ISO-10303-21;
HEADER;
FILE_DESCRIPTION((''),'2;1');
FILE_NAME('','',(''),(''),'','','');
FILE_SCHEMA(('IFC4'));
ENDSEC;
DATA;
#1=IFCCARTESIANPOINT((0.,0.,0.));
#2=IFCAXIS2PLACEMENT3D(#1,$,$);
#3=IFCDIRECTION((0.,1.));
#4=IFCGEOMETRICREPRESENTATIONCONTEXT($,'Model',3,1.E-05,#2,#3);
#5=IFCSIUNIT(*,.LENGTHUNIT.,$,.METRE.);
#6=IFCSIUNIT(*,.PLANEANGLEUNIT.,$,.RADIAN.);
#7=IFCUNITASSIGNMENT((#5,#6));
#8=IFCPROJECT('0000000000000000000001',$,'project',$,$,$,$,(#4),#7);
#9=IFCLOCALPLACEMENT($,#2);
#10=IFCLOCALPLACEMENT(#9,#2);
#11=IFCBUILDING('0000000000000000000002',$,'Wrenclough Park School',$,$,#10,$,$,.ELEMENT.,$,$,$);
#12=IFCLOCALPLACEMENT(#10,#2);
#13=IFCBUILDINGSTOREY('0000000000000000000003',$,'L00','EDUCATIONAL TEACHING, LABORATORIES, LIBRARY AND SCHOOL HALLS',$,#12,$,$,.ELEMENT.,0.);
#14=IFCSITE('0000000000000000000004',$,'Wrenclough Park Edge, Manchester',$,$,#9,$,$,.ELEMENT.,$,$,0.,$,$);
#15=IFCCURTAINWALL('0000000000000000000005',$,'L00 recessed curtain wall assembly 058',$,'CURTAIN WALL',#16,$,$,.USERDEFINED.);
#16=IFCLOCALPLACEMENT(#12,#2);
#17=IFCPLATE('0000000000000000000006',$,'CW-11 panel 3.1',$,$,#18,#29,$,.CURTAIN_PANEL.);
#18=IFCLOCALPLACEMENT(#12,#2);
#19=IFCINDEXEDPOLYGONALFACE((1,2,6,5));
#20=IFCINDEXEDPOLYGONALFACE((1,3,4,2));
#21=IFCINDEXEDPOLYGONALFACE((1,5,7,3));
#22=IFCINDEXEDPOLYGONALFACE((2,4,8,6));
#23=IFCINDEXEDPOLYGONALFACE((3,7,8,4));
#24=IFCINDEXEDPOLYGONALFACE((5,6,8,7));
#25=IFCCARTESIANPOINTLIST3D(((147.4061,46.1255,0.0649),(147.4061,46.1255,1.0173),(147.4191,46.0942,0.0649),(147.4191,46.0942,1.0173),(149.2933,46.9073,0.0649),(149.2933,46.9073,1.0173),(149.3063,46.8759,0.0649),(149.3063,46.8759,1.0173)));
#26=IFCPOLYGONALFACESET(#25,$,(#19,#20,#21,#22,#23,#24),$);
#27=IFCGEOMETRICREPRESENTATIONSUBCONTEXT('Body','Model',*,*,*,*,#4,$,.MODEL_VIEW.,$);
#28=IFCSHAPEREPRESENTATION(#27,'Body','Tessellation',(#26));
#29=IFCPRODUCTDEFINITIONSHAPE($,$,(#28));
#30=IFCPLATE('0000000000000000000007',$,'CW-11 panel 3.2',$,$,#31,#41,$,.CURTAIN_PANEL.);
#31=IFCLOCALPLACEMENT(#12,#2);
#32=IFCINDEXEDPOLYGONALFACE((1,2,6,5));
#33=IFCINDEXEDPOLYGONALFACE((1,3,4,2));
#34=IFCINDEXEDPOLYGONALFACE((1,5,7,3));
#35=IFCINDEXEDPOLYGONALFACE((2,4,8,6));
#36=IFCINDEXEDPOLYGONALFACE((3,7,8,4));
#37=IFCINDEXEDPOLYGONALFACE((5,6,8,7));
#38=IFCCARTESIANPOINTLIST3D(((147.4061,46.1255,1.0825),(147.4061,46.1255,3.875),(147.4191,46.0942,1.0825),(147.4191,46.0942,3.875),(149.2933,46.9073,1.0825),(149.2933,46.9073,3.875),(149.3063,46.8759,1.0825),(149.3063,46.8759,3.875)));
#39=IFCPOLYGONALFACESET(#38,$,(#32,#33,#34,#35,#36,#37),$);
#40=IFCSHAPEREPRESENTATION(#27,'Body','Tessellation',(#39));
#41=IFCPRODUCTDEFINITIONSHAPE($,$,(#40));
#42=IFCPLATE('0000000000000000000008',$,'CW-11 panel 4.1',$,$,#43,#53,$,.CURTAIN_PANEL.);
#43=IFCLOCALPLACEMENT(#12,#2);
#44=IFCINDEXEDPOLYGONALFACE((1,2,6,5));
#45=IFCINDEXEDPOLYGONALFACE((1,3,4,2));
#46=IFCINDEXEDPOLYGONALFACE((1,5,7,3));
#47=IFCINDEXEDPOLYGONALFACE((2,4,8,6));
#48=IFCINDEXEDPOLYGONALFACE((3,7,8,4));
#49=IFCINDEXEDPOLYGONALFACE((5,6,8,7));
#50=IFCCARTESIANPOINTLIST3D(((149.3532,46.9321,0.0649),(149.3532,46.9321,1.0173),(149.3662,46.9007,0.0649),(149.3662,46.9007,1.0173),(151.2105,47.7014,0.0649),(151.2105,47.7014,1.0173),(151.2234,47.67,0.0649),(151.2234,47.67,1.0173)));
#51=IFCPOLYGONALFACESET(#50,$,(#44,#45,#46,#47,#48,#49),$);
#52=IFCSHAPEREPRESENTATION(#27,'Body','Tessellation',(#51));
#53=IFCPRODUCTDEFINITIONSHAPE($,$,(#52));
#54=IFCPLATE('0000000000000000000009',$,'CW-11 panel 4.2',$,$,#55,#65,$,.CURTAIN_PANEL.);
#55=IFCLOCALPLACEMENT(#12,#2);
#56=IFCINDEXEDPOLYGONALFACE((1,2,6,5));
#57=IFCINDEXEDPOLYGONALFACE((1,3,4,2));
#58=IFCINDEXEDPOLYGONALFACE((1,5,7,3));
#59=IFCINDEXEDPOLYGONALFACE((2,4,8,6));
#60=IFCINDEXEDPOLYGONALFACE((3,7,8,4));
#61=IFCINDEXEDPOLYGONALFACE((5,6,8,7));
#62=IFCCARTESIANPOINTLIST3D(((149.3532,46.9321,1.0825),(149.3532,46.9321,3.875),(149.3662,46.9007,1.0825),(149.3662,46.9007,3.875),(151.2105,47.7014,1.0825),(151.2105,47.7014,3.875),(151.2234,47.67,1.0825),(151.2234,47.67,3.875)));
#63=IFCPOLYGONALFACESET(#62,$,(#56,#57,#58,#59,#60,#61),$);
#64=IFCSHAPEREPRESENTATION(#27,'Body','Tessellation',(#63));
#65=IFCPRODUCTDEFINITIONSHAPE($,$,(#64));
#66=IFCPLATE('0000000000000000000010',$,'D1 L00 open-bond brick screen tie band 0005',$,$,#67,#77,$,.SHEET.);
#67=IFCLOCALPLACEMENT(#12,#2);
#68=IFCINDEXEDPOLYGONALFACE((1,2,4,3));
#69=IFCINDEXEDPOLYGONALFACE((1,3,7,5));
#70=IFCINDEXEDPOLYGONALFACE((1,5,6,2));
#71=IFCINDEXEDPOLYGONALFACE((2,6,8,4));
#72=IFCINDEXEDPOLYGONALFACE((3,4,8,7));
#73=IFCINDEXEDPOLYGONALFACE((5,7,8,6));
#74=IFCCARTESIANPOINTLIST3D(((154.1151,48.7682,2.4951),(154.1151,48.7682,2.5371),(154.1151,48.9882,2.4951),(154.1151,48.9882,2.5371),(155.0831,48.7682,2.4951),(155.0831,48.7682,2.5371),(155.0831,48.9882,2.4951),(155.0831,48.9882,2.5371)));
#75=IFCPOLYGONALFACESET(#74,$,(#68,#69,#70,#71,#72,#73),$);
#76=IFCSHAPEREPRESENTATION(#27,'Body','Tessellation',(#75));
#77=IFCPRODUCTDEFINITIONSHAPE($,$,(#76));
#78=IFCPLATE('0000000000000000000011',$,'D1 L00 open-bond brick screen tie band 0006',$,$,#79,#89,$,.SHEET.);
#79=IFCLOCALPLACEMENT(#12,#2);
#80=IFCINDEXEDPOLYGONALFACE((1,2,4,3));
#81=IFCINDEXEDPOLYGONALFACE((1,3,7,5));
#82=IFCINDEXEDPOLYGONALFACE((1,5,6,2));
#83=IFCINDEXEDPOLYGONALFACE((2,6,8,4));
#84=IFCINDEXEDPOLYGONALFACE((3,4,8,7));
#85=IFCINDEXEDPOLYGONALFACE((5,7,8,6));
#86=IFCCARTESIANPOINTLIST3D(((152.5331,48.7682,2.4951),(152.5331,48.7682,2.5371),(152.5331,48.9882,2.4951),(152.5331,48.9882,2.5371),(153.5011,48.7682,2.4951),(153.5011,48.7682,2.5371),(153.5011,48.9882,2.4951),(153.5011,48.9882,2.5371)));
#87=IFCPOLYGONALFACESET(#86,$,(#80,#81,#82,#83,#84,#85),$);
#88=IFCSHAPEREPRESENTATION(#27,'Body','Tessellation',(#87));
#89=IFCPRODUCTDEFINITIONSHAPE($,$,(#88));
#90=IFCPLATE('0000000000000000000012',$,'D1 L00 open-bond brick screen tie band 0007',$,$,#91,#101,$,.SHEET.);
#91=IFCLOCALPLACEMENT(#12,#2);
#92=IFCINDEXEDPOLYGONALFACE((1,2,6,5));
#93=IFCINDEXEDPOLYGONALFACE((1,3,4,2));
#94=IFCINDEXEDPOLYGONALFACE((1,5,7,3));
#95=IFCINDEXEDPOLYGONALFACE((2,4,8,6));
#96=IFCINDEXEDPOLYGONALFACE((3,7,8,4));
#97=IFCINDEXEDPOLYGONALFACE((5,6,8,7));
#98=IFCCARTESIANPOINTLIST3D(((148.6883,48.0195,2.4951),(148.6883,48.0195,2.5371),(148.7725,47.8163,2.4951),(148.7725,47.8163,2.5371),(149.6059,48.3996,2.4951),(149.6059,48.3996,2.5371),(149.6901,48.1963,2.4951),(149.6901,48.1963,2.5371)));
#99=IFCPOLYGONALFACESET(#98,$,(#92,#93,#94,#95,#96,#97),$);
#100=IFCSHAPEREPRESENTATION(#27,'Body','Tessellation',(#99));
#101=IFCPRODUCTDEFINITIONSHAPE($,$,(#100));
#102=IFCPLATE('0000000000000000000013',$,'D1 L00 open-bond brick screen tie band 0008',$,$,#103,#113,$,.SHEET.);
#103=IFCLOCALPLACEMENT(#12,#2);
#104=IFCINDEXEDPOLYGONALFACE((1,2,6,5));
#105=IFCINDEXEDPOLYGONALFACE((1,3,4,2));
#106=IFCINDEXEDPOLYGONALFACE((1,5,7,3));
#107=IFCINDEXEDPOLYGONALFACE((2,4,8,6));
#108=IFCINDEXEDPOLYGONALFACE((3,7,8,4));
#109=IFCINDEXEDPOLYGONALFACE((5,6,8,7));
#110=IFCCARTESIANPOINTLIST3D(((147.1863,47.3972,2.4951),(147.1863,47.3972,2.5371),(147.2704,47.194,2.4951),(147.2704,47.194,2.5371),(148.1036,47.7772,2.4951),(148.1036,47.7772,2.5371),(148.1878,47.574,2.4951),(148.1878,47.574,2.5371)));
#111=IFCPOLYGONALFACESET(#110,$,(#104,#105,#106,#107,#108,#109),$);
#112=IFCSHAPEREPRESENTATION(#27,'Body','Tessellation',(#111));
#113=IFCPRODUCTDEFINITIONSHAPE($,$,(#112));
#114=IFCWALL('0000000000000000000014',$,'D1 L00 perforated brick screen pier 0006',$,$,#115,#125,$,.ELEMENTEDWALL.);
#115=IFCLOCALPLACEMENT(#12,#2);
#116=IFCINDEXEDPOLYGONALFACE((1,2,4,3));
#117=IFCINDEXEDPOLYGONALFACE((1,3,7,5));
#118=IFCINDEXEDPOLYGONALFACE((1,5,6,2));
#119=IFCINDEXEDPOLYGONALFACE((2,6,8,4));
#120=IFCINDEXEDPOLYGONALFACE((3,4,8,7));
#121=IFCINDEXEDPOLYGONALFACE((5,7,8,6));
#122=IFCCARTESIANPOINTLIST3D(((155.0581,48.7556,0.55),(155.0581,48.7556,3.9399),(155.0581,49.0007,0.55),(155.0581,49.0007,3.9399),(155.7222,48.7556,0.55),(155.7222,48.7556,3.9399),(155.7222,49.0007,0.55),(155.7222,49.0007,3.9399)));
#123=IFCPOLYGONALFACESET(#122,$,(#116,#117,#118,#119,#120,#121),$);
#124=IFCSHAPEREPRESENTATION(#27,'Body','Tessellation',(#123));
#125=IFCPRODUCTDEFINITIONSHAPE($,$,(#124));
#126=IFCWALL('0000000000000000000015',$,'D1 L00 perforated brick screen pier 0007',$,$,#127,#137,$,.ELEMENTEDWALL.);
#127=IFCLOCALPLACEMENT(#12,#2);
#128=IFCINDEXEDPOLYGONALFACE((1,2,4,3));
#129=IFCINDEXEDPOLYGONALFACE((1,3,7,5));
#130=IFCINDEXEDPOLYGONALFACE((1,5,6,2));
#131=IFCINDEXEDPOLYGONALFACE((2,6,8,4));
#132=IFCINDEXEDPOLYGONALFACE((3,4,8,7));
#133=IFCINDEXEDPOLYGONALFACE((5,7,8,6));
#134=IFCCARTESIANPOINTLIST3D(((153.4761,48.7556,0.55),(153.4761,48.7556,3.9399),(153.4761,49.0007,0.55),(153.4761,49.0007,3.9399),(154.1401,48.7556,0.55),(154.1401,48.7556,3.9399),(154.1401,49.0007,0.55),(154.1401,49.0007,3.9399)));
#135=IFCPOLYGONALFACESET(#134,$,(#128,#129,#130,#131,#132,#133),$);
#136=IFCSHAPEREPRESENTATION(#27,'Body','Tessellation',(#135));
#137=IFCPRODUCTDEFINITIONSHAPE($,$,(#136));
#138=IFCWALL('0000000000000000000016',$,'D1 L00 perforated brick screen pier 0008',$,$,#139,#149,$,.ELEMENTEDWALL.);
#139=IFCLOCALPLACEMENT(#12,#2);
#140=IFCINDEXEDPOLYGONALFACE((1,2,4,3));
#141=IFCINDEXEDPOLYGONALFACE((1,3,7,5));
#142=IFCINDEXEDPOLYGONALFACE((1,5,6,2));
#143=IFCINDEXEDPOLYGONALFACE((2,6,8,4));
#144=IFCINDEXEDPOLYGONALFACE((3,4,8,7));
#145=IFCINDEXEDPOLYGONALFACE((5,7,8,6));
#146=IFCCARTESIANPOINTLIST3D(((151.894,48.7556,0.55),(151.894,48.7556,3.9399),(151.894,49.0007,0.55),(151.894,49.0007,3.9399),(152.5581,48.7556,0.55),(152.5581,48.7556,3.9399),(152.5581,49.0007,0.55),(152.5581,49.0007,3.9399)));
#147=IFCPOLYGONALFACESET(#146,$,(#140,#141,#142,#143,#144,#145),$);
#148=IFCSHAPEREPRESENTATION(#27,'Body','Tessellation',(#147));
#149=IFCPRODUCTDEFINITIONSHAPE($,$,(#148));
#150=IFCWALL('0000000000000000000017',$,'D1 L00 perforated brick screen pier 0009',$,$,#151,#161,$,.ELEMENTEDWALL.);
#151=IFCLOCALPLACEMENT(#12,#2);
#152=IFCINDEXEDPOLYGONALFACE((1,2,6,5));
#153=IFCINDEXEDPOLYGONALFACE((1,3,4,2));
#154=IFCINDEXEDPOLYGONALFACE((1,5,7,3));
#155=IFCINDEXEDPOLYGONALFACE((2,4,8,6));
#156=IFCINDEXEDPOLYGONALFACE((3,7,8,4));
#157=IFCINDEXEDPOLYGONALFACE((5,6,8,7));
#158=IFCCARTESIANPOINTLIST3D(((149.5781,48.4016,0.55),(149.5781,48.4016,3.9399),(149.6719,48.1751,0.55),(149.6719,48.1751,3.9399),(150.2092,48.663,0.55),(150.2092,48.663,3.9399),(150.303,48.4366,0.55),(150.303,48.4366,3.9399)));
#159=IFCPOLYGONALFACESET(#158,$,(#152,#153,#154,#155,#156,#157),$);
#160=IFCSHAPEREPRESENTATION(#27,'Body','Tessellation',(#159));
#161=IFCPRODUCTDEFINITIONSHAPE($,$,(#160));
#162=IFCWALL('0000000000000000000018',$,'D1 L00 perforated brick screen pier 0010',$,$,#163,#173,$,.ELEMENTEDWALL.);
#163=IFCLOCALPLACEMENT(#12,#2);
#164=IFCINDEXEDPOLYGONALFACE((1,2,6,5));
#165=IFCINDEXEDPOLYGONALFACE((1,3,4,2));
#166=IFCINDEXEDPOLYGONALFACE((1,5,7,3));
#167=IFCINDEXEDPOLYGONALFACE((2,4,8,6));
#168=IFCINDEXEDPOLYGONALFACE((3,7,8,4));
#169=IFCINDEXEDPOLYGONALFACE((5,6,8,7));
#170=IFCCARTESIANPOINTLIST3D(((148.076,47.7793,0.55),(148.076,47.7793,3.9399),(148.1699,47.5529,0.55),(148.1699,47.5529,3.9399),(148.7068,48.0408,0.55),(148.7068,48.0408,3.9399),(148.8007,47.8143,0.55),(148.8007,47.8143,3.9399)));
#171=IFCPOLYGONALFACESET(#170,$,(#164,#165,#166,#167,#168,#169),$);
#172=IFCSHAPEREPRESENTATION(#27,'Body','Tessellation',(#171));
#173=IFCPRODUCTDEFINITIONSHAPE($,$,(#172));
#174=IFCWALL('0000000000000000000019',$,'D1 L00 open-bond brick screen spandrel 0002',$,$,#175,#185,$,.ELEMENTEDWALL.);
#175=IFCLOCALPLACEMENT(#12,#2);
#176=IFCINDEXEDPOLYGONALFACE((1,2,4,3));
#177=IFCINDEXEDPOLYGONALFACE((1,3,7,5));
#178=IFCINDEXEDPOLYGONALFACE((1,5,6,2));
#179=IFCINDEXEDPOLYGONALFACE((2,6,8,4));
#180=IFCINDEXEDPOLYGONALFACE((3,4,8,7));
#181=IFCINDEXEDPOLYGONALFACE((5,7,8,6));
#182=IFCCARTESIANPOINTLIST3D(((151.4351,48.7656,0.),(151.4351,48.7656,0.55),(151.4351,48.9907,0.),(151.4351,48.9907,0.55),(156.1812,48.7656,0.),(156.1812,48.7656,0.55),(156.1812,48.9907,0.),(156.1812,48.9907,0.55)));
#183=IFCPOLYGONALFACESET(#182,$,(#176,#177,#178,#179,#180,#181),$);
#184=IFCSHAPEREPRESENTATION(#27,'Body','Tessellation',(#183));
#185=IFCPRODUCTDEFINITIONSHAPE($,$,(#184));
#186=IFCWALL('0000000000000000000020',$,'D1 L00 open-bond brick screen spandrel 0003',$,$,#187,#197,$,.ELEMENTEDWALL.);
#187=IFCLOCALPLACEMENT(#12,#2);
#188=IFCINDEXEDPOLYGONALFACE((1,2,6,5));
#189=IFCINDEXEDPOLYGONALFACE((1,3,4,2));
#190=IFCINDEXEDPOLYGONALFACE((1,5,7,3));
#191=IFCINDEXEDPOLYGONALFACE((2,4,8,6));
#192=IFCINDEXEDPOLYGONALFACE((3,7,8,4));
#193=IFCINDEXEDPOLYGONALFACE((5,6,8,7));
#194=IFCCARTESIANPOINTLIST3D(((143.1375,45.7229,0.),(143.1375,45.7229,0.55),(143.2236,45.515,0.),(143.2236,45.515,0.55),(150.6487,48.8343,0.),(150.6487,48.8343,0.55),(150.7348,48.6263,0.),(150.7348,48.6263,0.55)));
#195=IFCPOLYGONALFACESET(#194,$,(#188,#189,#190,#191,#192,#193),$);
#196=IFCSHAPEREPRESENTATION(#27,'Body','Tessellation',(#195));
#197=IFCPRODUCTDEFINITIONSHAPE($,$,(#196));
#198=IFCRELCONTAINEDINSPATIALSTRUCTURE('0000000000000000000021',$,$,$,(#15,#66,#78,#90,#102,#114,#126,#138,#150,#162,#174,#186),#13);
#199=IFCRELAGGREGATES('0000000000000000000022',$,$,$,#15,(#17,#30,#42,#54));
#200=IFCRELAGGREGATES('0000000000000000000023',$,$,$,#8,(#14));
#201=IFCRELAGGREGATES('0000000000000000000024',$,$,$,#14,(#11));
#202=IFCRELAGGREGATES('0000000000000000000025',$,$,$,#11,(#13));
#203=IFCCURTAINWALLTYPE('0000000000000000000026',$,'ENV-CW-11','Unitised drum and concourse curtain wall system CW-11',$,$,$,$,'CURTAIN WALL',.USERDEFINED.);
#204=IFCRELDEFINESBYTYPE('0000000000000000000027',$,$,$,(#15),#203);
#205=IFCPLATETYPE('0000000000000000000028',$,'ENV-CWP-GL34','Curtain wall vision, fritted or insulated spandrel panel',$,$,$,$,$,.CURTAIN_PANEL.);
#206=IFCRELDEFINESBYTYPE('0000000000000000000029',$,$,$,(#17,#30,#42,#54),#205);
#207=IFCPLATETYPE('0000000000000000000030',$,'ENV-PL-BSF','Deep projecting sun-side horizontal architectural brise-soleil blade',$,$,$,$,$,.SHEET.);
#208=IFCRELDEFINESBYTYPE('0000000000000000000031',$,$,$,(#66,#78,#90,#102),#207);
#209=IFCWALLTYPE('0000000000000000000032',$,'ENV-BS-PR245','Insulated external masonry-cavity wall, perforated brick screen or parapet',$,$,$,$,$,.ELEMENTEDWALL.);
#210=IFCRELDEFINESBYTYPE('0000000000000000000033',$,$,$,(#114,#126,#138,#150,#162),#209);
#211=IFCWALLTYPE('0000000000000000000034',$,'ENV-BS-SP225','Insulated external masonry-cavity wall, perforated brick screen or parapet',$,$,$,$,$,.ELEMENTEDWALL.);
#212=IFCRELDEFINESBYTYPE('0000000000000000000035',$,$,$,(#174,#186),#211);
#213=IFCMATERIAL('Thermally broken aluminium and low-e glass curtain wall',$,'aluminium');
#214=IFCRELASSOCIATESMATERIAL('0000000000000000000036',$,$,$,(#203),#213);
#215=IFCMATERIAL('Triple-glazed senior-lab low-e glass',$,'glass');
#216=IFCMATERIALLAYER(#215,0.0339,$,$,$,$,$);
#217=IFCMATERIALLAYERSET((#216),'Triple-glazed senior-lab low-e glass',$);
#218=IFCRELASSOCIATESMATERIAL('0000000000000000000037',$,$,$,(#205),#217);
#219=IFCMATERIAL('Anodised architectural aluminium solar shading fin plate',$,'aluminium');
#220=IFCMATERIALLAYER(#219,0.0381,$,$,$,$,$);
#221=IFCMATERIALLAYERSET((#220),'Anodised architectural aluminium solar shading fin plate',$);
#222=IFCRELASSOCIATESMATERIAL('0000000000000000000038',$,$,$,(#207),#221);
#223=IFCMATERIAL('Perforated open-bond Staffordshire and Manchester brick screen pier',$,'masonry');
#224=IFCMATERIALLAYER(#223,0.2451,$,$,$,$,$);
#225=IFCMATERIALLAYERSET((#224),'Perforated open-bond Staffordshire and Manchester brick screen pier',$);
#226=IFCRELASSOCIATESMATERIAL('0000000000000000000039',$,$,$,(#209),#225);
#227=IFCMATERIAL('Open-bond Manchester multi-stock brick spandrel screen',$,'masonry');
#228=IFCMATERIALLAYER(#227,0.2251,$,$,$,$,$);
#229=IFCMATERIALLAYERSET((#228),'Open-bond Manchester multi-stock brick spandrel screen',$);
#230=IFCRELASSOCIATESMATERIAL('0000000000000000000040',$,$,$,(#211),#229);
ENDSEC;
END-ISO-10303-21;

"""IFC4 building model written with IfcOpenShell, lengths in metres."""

from ifc_helpers import new_model, si_unit, direction, frame, frame_2d, origin, origin_2d, place, context, subcontext, project, spatial, rectangle, extrude, material, layer, layer_set, type_object, element, aggregate, save


model = new_model("IFC4")

# Units and contexts
model_context = context("Model", 3, precision=1e-05, world=origin(), true_north=direction((0.0, 1.0)))
body_context = subcontext(model_context, "Body", "Model", "MODEL_VIEW")
ifc_project = project(units=[si_unit("LENGTHUNIT", "METRE"), si_unit("PLANEANGLEUNIT", "RADIAN")], contexts=[model_context])

# Site, building, storey
site_placement = place(None, origin())
site = spatial("IfcSite", under=ifc_project, at=site_placement, Name="Wrenclough Park Edge, Manchester", CompositionType="ELEMENT", RefElevation=0.0)
building_placement = place(site_placement, origin())
building = spatial("IfcBuilding", under=site, at=building_placement, Name="Wrenclough Park School", CompositionType="ELEMENT")
storey_placement = place(building_placement, origin())
storey = spatial("IfcBuildingStorey", under=building, at=storey_placement, Name="L00", Description="EDUCATIONAL TEACHING, LABORATORIES, LIBRARY AND SCHOOL HALLS", CompositionType="ELEMENT", Elevation=0.0)

# Curtain wall
ifc_material_1 = material(Name="Thermally broken aluminium and low-e glass curtain wall", Category="aluminium")
curtain_wall_type = type_object("IfcCurtainWallType", Name="ENV-CW-11", Description="Unitised drum and concourse curtain wall system CW-11", ElementType="CURTAIN WALL", PredefinedType="USERDEFINED", material=ifc_material_1)
curtain_wall_placement = place(storey_placement, origin())
curtain_wall = element("IfcCurtainWall", 1, at=curtain_wall_placement, inside=storey, type_object=curtain_wall_type, Name="L00 recessed curtain wall assembly 058", ObjectType="CURTAIN WALL", PredefinedType="USERDEFINED")

# Plates
ifc_material_2 = material(Name="Triple-glazed senior-lab low-e glass", Category="glass")
ifc_layer_1 = layer(ifc_material_2, 0.0339)
ifc_layer_set_1 = layer_set([ifc_layer_1], Name="Triple-glazed senior-lab low-e glass")
plate_type_1 = type_object("IfcPlateType", Name="ENV-CWP-GL34", Description="Curtain wall vision, fritted or insulated spandrel panel", PredefinedType="CURTAIN_PANEL", material=ifc_layer_set_1)
plate_1_placement = place(storey_placement, frame((148.3562, 46.5007, 0.0649), z_axis=(0.0, 0.0, 1.0), x_axis=(0.923878, 0.382687, 0.0)))
plate_1 = element("IfcPlate", 2, at=plate_1_placement, type_object=plate_type_1, Name="CW-11 panel 3.1", PredefinedType="CURTAIN_PANEL", context=body_context, shape_type="SweptSolid", body=[
    extrude(rectangle(XDim=2.0427, YDim=0.0339, at=origin_2d()), origin(), (0.0, 0.0, 1.0), 0.9524),
])
plate_2_placement = place(storey_placement, frame((148.3562, 46.5007, 1.0825), z_axis=(0.0, 0.0, 1.0), x_axis=(0.923878, 0.382687, 0.0)))
plate_2 = element("IfcPlate", 3, at=plate_2_placement, type_object=plate_type_1, Name="CW-11 panel 3.2", PredefinedType="CURTAIN_PANEL", context=body_context, shape_type="SweptSolid", body=[
    extrude(rectangle(XDim=2.0427, YDim=0.0339, at=origin_2d()), origin(), (0.0, 0.0, 1.0), 2.7925),
])
plate_3_placement = place(storey_placement, frame((150.2883, 47.301, 0.0649), z_axis=(0.0, 0.0, 1.0), x_axis=(0.923878, 0.382687, 0.0)))
plate_3 = element("IfcPlate", 4, at=plate_3_placement, type_object=plate_type_1, Name="CW-11 panel 4.1", PredefinedType="CURTAIN_PANEL", context=body_context, shape_type="SweptSolid", body=[
    extrude(rectangle(XDim=2.0103, YDim=0.0339, at=origin_2d()), origin(), (0.0, 0.0, 1.0), 0.9524),
])
plate_4_placement = place(storey_placement, frame((150.2883, 47.301, 1.0825), z_axis=(0.0, 0.0, 1.0), x_axis=(0.923878, 0.382687, 0.0)))
plate_4 = element("IfcPlate", 5, at=plate_4_placement, type_object=plate_type_1, Name="CW-11 panel 4.2", PredefinedType="CURTAIN_PANEL", context=body_context, shape_type="SweptSolid", body=[
    extrude(rectangle(XDim=2.0103, YDim=0.0339, at=origin_2d()), origin(), (0.0, 0.0, 1.0), 2.7925),
])
aggregate(curtain_wall, [plate_1, plate_2, plate_3, plate_4])

# Plates
ifc_material_3 = material(Name="Anodised architectural aluminium solar shading fin plate", Category="aluminium")
ifc_layer_2 = layer(ifc_material_3, 0.0381)
ifc_layer_set_2 = layer_set([ifc_layer_2], Name="Anodised architectural aluminium solar shading fin plate")
plate_type_2 = type_object("IfcPlateType", Name="ENV-PL-BSF", Description="Deep projecting sun-side horizontal architectural brise-soleil blade", PredefinedType="SHEET", material=ifc_layer_set_2)
for number, where, z_axis, x_axis, name in (
    (6, (154.5991, 48.8782, 2.4951), (0.0, 0.0, 1.0), (-1.0, 0.0, 0.0), "D1 L00 open-bond brick screen tie band 0005"),
    (7, (153.0171, 48.8782, 2.4951), (0.0, 0.0, 1.0), (-1.0, 0.0, 0.0), "D1 L00 open-bond brick screen tie band 0006"),
):
    element("IfcPlate", number, at=place(storey_placement, frame(where, z_axis=z_axis, x_axis=x_axis)), inside=storey, type_object=plate_type_2, Name=name, PredefinedType="SHEET", context=body_context, shape_type="SweptSolid", body=[
        extrude(rectangle(XDim=0.968, YDim=0.22, at=origin_2d()), origin(), (0.0, 0.0, 1.0), 0.042),
    ])
plate_5_placement = place(storey_placement, frame((149.1892, 48.1079, 2.4951), z_axis=(0.0, 0.0, 1.0), x_axis=(-0.923877, -0.38269, 0.0)))
element("IfcPlate", 8, at=plate_5_placement, inside=storey, type_object=plate_type_2, Name="D1 L00 open-bond brick screen tie band 0007", PredefinedType="SHEET", context=body_context, shape_type="SweptSolid", body=[
    extrude(rectangle(XDim=0.9932, YDim=0.22, at=origin_2d()), origin(), (0.0, 0.0, 1.0), 0.042),
])
plate_6_placement = place(storey_placement, frame((147.687, 47.4856, 2.4951), z_axis=(0.0, 0.0, 1.0), x_axis=(-0.923877, -0.38269, 0.0)))
element("IfcPlate", 9, at=plate_6_placement, inside=storey, type_object=plate_type_2, Name="D1 L00 open-bond brick screen tie band 0008", PredefinedType="SHEET", context=body_context, shape_type="SweptSolid", body=[
    extrude(rectangle(XDim=0.9929, YDim=0.22, at=origin_2d()), origin(), (0.0, 0.0, 1.0), 0.042),
])

# Walls
ifc_material_4 = material(Name="Perforated open-bond Staffordshire and Manchester brick screen pier", Category="masonry")
ifc_layer_3 = layer(ifc_material_4, 0.2451)
ifc_layer_set_3 = layer_set([ifc_layer_3], Name="Perforated open-bond Staffordshire and Manchester brick screen pier")
wall_type_1 = type_object("IfcWallType", Name="ENV-BS-PR245", Description="Insulated external masonry-cavity wall, perforated brick screen or parapet", PredefinedType="ELEMENTEDWALL", material=ifc_layer_set_3)
for number, where, z_axis, x_axis, name in (
    (10, (155.7222, 48.8782, 0.55), (0.0, 0.0, 1.0), (-1.0, 0.0, 0.0), "D1 L00 perforated brick screen pier 0006"),
    (11, (154.1401, 48.8782, 0.55), (0.0, 0.0, 1.0), (-1.0, 0.0, 0.0), "D1 L00 perforated brick screen pier 0007"),
    (12, (152.5581, 48.8782, 0.55), (0.0, 0.0, 1.0), (-1.0, 0.0, 0.0), "D1 L00 perforated brick screen pier 0008"),
):
    element("IfcWall", number, at=place(storey_placement, frame(where, z_axis=z_axis, x_axis=x_axis)), inside=storey, type_object=wall_type_1, Name=name, PredefinedType="ELEMENTEDWALL", context=body_context, shape_type="SweptSolid", body=[
        extrude(rectangle(XDim=0.6641, YDim=0.2451, at=frame_2d((0.332, 0.0))), origin(), (0.0, 0.0, 1.0), 3.3899),
    ])
wall_1_placement = place(storey_placement, frame((150.2561, 48.5498, 0.55), z_axis=(0.0, 0.0, 1.0), x_axis=(-0.923847, -0.382762, 0.0)))
element("IfcWall", 13, at=wall_1_placement, inside=storey, type_object=wall_type_1, Name="D1 L00 perforated brick screen pier 0009", PredefinedType="ELEMENTEDWALL", context=body_context, shape_type="SweptSolid", body=[
    extrude(rectangle(XDim=0.6831, YDim=0.2451, at=frame_2d((0.3416, 0.0))), origin(), (0.0, 0.0, 1.0), 3.3899),
])
wall_2_placement = place(storey_placement, frame((148.7537, 47.9275, 0.55), z_axis=(0.0, 0.0, 1.0), x_axis=(-0.923795, -0.382889, 0.0)))
element("IfcWall", 14, at=wall_2_placement, inside=storey, type_object=wall_type_1, Name="D1 L00 perforated brick screen pier 0010", PredefinedType="ELEMENTEDWALL", context=body_context, shape_type="SweptSolid", body=[
    extrude(rectangle(XDim=0.6829, YDim=0.2451, at=frame_2d((0.3413, 0.0))), origin(), (0.0, 0.0, 1.0), 3.3899),
])
ifc_material_5 = material(Name="Open-bond Manchester multi-stock brick spandrel screen", Category="masonry")
ifc_layer_4 = layer(ifc_material_5, 0.2251)
ifc_layer_set_4 = layer_set([ifc_layer_4], Name="Open-bond Manchester multi-stock brick spandrel screen")
wall_type_2 = type_object("IfcWallType", Name="ENV-BS-SP225", Description="Insulated external masonry-cavity wall, perforated brick screen or parapet", PredefinedType="ELEMENTEDWALL", material=ifc_layer_set_4)
wall_3_placement = place(storey_placement, frame((156.1812, 48.8782, 0.0), z_axis=(0.0, 0.0, 1.0), x_axis=(-1.0, 0.0, 0.0)))
element("IfcWall", 15, at=wall_3_placement, inside=storey, type_object=wall_type_2, Name="D1 L00 open-bond brick screen spandrel 0002", PredefinedType="ELEMENTEDWALL", context=body_context, shape_type="SweptSolid", body=[
    extrude(rectangle(XDim=4.7461, YDim=0.2251, at=frame_2d((2.373, 0.0))), origin(), (0.0, 0.0, 1.0), 0.55),
])
wall_4_placement = place(storey_placement, frame((150.6917, 48.7302, 0.0), z_axis=(0.0, 0.0, 1.0), x_axis=(-0.923876, -0.382691, 0.0)))
element("IfcWall", 16, at=wall_4_placement, inside=storey, type_object=wall_type_2, Name="D1 L00 open-bond brick screen spandrel 0003", PredefinedType="ELEMENTEDWALL", context=body_context, shape_type="SweptSolid", body=[
    extrude(rectangle(XDim=8.1301, YDim=0.2251, at=frame_2d((4.0649, 0.0))), origin(), (0.0, 0.0, 1.0), 0.55),
])

save(model, "model.ifc")
